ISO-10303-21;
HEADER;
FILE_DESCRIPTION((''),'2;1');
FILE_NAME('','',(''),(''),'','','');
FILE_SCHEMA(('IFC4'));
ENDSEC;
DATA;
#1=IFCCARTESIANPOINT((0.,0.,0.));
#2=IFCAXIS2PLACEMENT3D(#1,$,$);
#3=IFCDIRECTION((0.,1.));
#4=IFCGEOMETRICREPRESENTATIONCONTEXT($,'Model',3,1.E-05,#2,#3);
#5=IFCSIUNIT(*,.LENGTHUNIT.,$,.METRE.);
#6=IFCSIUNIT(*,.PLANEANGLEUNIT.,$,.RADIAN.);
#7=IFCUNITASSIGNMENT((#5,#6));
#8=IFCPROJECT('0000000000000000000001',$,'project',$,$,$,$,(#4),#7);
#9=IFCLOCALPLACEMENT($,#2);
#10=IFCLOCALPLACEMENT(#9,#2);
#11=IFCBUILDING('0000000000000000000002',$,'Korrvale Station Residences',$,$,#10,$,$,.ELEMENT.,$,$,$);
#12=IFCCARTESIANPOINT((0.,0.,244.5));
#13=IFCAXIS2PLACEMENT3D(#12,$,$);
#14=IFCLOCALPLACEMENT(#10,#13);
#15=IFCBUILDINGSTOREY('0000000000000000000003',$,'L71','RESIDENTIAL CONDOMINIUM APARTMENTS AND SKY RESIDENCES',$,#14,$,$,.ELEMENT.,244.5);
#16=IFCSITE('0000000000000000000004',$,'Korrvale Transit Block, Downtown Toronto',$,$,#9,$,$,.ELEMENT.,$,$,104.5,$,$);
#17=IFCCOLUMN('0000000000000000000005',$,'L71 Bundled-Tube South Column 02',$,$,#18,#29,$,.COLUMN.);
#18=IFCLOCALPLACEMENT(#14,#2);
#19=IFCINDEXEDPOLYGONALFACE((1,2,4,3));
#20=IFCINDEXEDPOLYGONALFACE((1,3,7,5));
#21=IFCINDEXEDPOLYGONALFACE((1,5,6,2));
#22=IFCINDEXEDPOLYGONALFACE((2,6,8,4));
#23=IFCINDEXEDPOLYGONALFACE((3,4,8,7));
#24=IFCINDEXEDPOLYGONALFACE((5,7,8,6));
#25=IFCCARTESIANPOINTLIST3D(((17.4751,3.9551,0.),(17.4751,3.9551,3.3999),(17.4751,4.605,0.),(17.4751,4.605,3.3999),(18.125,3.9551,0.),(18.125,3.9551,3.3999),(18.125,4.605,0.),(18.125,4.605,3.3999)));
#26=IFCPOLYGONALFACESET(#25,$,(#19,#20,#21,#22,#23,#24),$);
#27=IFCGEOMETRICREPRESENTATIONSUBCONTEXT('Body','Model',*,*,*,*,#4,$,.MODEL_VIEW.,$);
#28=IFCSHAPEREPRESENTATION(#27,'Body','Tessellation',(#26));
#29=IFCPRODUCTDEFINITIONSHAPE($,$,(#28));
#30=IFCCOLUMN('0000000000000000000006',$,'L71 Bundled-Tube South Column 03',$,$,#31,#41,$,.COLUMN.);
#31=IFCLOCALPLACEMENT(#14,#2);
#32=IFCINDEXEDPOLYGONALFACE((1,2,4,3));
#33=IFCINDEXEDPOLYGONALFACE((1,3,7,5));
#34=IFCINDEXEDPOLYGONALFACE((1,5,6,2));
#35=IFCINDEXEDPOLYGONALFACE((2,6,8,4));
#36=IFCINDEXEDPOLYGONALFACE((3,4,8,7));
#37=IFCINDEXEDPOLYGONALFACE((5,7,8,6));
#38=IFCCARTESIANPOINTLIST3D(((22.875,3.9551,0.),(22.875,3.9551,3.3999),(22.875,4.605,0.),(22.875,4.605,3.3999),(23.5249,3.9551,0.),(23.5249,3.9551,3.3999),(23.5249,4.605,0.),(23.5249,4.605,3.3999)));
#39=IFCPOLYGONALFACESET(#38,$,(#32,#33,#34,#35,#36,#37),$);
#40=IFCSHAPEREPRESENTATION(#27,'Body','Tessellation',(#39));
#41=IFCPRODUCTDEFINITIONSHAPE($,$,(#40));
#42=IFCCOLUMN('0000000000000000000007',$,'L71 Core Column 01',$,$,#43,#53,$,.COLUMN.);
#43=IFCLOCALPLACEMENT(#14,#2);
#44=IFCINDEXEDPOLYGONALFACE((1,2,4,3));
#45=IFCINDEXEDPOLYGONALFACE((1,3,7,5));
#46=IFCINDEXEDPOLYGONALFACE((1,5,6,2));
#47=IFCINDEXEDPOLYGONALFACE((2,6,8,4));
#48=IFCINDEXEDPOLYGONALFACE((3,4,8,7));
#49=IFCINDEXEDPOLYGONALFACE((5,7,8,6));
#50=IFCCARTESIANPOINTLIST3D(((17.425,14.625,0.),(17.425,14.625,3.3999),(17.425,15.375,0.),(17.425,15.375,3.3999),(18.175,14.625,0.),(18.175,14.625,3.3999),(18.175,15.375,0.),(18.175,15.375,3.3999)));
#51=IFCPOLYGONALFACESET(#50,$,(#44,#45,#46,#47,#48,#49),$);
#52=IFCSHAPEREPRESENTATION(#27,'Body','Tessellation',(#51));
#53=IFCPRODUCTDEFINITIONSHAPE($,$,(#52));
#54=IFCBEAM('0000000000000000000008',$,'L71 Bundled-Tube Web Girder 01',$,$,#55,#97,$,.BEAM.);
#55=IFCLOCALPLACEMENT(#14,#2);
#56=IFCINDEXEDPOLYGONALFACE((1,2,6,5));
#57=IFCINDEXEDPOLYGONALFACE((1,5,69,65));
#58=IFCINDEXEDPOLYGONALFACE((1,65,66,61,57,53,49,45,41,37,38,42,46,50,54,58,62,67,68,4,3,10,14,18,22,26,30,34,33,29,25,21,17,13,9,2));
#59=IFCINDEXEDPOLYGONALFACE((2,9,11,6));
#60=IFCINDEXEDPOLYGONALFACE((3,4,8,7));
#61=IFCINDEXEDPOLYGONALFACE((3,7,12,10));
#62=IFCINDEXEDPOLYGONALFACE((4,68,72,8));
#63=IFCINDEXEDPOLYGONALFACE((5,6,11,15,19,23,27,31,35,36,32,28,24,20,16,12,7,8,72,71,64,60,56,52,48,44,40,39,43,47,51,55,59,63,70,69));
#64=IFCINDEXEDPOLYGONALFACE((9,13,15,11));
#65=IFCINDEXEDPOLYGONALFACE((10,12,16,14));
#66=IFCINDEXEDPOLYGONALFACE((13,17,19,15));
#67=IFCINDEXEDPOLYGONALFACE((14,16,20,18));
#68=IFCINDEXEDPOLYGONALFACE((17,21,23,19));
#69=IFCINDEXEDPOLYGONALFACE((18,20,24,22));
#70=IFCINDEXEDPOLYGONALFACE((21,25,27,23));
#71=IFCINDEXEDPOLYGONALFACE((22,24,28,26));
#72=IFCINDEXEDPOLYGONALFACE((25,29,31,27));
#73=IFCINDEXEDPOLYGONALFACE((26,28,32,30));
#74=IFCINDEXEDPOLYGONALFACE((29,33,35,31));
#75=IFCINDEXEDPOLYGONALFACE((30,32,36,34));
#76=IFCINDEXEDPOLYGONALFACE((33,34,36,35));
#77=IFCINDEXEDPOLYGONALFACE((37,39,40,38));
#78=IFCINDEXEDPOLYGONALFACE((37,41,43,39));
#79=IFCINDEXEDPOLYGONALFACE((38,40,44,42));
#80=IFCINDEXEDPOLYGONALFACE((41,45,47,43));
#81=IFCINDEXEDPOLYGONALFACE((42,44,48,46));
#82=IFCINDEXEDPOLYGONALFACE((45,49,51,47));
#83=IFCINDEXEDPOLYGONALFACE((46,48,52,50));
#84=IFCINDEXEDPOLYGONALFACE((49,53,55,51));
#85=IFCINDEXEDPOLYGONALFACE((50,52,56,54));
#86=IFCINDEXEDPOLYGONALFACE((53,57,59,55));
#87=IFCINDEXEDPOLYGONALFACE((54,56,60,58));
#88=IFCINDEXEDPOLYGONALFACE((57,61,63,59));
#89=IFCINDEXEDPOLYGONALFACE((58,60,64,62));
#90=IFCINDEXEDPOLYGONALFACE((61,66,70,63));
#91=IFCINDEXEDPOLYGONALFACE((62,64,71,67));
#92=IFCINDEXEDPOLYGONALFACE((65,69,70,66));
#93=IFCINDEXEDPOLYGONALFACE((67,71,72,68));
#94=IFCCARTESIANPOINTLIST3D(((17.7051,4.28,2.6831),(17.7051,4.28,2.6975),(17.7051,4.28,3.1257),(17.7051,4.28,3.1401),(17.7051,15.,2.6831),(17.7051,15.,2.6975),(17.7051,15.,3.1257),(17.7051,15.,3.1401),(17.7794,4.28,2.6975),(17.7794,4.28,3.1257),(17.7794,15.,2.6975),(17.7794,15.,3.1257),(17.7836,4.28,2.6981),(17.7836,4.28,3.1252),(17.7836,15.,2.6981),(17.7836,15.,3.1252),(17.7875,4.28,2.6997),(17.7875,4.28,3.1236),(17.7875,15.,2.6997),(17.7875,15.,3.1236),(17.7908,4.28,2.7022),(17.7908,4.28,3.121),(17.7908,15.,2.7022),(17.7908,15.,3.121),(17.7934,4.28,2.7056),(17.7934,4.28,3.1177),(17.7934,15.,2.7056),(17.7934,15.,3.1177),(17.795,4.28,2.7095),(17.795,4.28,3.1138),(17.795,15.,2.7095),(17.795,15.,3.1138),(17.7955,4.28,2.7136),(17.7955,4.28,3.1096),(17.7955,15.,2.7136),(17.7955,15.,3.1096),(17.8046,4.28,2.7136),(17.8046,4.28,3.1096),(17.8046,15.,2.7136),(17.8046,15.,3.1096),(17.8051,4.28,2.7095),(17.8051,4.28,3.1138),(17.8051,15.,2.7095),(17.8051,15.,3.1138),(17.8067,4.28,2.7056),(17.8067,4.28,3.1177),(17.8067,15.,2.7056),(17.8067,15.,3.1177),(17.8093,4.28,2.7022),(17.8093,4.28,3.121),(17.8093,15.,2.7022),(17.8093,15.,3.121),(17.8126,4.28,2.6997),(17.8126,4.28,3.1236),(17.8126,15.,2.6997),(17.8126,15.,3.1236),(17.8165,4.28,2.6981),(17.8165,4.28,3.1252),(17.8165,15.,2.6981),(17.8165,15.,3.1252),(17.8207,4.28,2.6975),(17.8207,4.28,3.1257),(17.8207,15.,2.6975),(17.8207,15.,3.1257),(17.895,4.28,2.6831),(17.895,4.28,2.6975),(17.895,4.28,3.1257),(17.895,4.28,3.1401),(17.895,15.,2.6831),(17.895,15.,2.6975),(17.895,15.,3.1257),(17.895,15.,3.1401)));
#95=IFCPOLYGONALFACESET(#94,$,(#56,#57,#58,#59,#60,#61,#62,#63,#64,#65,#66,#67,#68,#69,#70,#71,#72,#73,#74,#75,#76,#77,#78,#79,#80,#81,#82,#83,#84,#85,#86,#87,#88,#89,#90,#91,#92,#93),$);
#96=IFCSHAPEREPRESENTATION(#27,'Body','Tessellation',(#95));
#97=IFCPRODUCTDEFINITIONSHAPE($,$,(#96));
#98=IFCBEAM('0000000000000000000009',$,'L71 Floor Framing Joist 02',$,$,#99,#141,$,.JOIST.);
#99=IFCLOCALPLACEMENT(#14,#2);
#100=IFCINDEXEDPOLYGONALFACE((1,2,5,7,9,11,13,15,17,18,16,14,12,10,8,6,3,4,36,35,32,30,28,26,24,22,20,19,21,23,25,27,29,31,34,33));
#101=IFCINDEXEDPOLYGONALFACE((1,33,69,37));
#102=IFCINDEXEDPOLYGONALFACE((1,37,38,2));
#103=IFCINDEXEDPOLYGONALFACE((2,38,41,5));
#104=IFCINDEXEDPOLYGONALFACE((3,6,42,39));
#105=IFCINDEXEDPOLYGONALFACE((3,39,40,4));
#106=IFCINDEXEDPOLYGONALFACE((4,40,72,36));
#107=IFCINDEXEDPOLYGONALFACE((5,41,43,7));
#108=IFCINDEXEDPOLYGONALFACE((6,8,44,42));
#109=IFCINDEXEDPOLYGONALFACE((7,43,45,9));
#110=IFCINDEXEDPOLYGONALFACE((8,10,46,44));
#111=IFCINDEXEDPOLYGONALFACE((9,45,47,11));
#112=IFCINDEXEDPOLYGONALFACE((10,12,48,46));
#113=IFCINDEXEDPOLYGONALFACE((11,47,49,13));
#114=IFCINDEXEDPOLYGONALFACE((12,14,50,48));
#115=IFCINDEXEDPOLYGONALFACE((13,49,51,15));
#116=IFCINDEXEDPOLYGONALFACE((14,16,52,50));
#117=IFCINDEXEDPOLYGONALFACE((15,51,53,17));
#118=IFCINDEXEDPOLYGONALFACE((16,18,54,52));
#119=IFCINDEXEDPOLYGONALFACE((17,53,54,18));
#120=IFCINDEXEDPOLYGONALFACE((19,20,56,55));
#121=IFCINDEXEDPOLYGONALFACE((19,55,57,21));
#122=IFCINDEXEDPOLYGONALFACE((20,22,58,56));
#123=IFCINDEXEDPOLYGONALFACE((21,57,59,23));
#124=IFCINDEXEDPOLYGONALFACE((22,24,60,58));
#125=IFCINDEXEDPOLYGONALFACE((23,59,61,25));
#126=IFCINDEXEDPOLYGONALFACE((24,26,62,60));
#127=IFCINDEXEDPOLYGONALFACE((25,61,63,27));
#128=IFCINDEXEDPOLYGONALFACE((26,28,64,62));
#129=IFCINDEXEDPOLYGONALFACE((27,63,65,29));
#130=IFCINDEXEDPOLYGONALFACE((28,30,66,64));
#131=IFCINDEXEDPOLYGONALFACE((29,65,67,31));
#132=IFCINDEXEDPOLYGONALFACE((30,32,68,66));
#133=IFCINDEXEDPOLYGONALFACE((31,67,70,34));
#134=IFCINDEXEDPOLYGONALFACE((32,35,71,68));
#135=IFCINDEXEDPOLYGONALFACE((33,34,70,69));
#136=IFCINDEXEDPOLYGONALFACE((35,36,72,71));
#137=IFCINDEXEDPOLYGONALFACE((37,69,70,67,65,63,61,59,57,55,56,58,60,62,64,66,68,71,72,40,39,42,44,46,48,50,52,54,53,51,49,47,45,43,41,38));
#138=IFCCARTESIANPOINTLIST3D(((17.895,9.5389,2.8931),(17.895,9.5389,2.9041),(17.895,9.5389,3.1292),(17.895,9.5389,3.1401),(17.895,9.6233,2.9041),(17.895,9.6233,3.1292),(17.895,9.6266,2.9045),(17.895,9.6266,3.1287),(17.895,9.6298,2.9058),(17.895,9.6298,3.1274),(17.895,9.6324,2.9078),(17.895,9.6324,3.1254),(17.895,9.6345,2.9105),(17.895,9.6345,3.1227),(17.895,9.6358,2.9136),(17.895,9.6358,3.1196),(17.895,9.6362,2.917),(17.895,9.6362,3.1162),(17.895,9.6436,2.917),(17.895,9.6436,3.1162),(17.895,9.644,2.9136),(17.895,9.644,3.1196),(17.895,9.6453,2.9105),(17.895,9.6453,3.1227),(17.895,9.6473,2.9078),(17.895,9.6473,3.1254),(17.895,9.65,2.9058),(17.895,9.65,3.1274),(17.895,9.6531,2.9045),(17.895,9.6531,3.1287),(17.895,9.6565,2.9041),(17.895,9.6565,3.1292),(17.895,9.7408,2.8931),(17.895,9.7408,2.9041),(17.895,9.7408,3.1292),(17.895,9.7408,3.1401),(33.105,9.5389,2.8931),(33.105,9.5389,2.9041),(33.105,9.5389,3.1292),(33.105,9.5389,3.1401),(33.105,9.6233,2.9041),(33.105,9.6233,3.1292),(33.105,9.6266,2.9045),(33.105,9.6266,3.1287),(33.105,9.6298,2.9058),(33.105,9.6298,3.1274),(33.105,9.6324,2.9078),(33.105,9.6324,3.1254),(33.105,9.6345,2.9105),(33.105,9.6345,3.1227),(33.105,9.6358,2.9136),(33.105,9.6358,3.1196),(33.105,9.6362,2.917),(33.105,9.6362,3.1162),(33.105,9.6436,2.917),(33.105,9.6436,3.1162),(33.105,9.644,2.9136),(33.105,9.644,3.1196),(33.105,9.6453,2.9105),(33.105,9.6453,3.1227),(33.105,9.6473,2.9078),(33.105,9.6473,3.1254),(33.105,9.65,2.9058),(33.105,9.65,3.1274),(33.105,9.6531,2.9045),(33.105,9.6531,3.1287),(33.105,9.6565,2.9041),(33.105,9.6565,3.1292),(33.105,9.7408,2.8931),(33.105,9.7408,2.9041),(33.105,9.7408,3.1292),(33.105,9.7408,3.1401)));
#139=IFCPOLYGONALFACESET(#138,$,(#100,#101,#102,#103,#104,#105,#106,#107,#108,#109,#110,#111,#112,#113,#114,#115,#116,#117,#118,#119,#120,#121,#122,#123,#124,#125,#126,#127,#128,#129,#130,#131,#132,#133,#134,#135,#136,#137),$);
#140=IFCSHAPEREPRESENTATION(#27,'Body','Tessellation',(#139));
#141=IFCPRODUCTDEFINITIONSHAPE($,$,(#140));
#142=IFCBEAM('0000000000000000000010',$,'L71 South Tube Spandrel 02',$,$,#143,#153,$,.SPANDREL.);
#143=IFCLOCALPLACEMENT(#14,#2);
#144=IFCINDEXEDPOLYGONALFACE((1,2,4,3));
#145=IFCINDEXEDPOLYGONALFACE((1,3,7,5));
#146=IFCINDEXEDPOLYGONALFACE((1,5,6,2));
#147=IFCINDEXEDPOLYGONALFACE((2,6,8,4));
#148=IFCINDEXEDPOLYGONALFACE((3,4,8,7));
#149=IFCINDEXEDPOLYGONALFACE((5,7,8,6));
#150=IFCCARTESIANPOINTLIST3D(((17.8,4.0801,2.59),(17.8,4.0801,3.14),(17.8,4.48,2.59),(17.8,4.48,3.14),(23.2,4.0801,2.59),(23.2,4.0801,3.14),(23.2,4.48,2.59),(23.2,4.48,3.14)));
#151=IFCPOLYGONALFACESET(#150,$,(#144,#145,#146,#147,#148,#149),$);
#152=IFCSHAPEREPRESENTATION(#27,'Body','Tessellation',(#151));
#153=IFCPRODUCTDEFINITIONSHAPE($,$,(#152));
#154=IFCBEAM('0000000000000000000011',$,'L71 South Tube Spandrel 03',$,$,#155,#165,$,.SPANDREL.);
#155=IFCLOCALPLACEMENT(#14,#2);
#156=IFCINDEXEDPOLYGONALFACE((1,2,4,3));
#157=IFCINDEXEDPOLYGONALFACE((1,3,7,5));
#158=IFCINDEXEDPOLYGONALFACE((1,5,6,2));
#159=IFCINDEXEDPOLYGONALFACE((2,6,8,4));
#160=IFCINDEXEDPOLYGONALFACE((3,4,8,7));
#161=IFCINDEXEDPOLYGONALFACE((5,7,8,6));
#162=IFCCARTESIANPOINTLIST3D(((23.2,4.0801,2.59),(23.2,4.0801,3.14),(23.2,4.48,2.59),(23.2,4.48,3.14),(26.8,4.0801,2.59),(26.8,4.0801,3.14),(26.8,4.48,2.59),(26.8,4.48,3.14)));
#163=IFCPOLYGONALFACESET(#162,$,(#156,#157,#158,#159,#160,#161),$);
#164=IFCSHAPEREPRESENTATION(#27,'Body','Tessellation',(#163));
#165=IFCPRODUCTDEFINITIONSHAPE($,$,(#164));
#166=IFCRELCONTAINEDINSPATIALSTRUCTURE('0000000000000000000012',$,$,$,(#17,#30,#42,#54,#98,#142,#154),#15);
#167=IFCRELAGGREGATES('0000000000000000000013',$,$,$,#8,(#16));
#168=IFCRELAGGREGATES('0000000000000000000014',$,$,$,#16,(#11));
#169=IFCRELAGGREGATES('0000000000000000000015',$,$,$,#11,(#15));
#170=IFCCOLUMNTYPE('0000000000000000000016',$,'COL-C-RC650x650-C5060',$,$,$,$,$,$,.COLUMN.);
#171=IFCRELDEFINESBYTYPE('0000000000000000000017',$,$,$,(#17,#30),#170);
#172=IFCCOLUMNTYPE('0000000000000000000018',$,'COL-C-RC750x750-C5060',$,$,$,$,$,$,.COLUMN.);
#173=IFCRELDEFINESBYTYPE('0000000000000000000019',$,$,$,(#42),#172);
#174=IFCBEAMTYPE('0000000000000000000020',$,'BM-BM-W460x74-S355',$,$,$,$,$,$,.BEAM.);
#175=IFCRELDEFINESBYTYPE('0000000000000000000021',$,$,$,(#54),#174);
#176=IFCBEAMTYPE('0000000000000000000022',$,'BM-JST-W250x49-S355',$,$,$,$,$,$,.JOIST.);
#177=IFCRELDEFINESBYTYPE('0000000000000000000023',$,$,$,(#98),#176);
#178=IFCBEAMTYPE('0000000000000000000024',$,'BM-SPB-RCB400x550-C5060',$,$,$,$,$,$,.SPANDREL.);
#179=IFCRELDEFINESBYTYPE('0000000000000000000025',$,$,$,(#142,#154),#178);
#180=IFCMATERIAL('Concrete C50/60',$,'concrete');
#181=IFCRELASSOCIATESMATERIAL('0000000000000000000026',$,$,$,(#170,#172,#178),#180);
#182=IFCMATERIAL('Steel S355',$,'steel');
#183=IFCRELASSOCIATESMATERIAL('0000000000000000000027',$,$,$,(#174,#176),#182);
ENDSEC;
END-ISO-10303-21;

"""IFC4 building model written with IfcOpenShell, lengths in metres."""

from ifc_helpers import new_model, si_unit, direction, frame, origin, origin_2d, place, context, subcontext, project, spatial, rectangle, i_section, extrude, material, material_profile, profile_set, type_object, element, save


model = new_model("IFC4")

# Units and contexts
model_context = context("Model", 3, precision=1e-05, world=origin(), true_north=direction((0.0, 1.0)))
body_context = subcontext(model_context, "Body", "Model", "MODEL_VIEW")
ifc_project = project(units=[si_unit("LENGTHUNIT", "METRE"), si_unit("PLANEANGLEUNIT", "RADIAN")], contexts=[model_context])

# Site, building, storey
site_placement = place(None, origin())
site = spatial("IfcSite", under=ifc_project, at=site_placement, Name="Korrvale Transit Block, Downtown Toronto", CompositionType="ELEMENT", RefElevation=104.5)
building_placement = place(site_placement, origin())
building = spatial("IfcBuilding", under=site, at=building_placement, Name="Korrvale Station Residences", CompositionType="ELEMENT")
storey_placement = place(building_placement, frame((0.0, 0.0, 244.5)))
storey = spatial("IfcBuildingStorey", under=building, at=storey_placement, Name="L71", Description="RESIDENTIAL CONDOMINIUM APARTMENTS AND SKY RESIDENCES", CompositionType="ELEMENT", Elevation=244.5)

# Columns
ifc_material_1 = material(Name="Concrete C50/60", Category="concrete")
ifc_material_profile_1 = material_profile(ifc_material_1, rectangle(XDim=0.6499, YDim=0.6499, at=origin_2d()), Name="RC650x650")
ifc_profile_set_1 = profile_set([ifc_material_profile_1], Name="Concrete C50/60")
column_type_1 = type_object("IfcColumnType", Name="COL-C-RC650x650-C5060", PredefinedType="COLUMN", material=ifc_profile_set_1)
for number, where, z_axis, x_axis, name in (
    (1, (17.8, 4.28, 0.0), (0.0, 0.0, 1.0), (1.0, 0.0, 0.0), "L71 Bundled-Tube South Column 02"),
    (2, (23.2, 4.28, 0.0), (0.0, 0.0, 1.0), (1.0, 0.0, 0.0), "L71 Bundled-Tube South Column 03"),
):
    element("IfcColumn", number, at=place(storey_placement, frame(where, z_axis=z_axis, x_axis=x_axis)), inside=storey, type_object=column_type_1, Name=name, PredefinedType="COLUMN", context=body_context, shape_type="SweptSolid", body=[
        extrude(rectangle(XDim=0.6499, YDim=0.6499, at=origin_2d()), origin(), (0.0, 0.0, 1.0), 3.3999),
    ])
ifc_material_profile_2 = material_profile(ifc_material_1, rectangle(XDim=0.75, YDim=0.75, at=origin_2d()), Name="RC750x750")
ifc_profile_set_2 = profile_set([ifc_material_profile_2], Name="Concrete C50/60")
column_type_2 = type_object("IfcColumnType", Name="COL-C-RC750x750-C5060", PredefinedType="COLUMN", material=ifc_profile_set_2)
column_placement = place(storey_placement, frame((17.8, 15.0, 0.0), z_axis=(0.0, 0.0, 1.0), x_axis=(1.0, 0.0, 0.0)))
element("IfcColumn", 3, at=column_placement, inside=storey, type_object=column_type_2, Name="L71 Core Column 01", PredefinedType="COLUMN", context=body_context, shape_type="SweptSolid", body=[
    extrude(rectangle(XDim=0.75, YDim=0.75, at=origin_2d()), origin(), (0.0, 0.0, 1.0), 3.3999),
])

# Beams
ifc_material_2 = material(Name="Steel S355", Category="steel")
ifc_material_profile_3 = material_profile(ifc_material_2, i_section(OverallWidth=0.1899, OverallDepth=0.457, WebThickness=0.009, FlangeThickness=0.0144, FilletRadius=0.0161, at=origin_2d()), Name="W460x74")
ifc_profile_set_3 = profile_set([ifc_material_profile_3], Name="Steel S355")
beam_type_1 = type_object("IfcBeamType", Name="BM-BM-W460x74-S355", PredefinedType="BEAM", material=ifc_profile_set_3)
beam_1_placement = place(storey_placement, frame((17.8, 4.28, 2.9116), z_axis=(0.0, 1.0, 0.0), x_axis=(-1.0, 0.0, 0.0)))
element("IfcBeam", 4, at=beam_1_placement, inside=storey, type_object=beam_type_1, Name="L71 Bundled-Tube Web Girder 01", PredefinedType="BEAM", context=body_context, shape_type="SweptSolid", body=[
    extrude(i_section(OverallWidth=0.1899, OverallDepth=0.457, WebThickness=0.009, FlangeThickness=0.0144, FilletRadius=0.0161, at=origin_2d()), origin(), (0.0, 0.0, 1.0), 10.72),
])
ifc_material_profile_4 = material_profile(ifc_material_2, i_section(OverallWidth=0.2019, OverallDepth=0.2471, WebThickness=0.0073, FlangeThickness=0.011, FilletRadius=0.0129, at=origin_2d()), Name="W250x49")
ifc_profile_set_4 = profile_set([ifc_material_profile_4], Name="Steel S355")
beam_type_2 = type_object("IfcBeamType", Name="BM-JST-W250x49-S355", PredefinedType="JOIST", material=ifc_profile_set_4)
beam_2_placement = place(storey_placement, frame((17.895, 9.6399, 3.0166), z_axis=(1.0, 0.0, 0.0), x_axis=(0.0, 1.0, 0.0)))
element("IfcBeam", 5, at=beam_2_placement, inside=storey, type_object=beam_type_2, Name="L71 Floor Framing Joist 02", PredefinedType="JOIST", context=body_context, shape_type="SweptSolid", body=[
    extrude(i_section(OverallWidth=0.2019, OverallDepth=0.2471, WebThickness=0.0073, FlangeThickness=0.011, FilletRadius=0.0129, at=origin_2d()), origin(), (0.0, 0.0, 1.0), 15.21),
])
ifc_material_profile_5 = material_profile(ifc_material_1, rectangle(XDim=0.3999, YDim=0.55, at=origin_2d()), Name="RCB400x550")
ifc_profile_set_5 = profile_set([ifc_material_profile_5], Name="Concrete C50/60")
beam_type_3 = type_object("IfcBeamType", Name="BM-SPB-RCB400x550-C5060", PredefinedType="SPANDREL", material=ifc_profile_set_5)
beam_3_placement = place(storey_placement, frame((17.8, 4.28, 2.865), z_axis=(1.0, 0.0, 0.0), x_axis=(0.0, 1.0, 0.0)))
element("IfcBeam", 6, at=beam_3_placement, inside=storey, type_object=beam_type_3, Name="L71 South Tube Spandrel 02", PredefinedType="SPANDREL", context=body_context, shape_type="SweptSolid", body=[
    extrude(rectangle(XDim=0.3999, YDim=0.55, at=origin_2d()), origin(), (0.0, 0.0, 1.0), 5.3999),
])
beam_4_placement = place(storey_placement, frame((23.2, 4.28, 2.865), z_axis=(1.0, 0.0, 0.0), x_axis=(0.0, 1.0, 0.0)))
element("IfcBeam", 7, at=beam_4_placement, inside=storey, type_object=beam_type_3, Name="L71 South Tube Spandrel 03", PredefinedType="SPANDREL", context=body_context, shape_type="SweptSolid", body=[
    extrude(rectangle(XDim=0.3999, YDim=0.55, at=origin_2d()), origin(), (0.0, 0.0, 1.0), 3.6001),
])

save(model, "model.ifc")
